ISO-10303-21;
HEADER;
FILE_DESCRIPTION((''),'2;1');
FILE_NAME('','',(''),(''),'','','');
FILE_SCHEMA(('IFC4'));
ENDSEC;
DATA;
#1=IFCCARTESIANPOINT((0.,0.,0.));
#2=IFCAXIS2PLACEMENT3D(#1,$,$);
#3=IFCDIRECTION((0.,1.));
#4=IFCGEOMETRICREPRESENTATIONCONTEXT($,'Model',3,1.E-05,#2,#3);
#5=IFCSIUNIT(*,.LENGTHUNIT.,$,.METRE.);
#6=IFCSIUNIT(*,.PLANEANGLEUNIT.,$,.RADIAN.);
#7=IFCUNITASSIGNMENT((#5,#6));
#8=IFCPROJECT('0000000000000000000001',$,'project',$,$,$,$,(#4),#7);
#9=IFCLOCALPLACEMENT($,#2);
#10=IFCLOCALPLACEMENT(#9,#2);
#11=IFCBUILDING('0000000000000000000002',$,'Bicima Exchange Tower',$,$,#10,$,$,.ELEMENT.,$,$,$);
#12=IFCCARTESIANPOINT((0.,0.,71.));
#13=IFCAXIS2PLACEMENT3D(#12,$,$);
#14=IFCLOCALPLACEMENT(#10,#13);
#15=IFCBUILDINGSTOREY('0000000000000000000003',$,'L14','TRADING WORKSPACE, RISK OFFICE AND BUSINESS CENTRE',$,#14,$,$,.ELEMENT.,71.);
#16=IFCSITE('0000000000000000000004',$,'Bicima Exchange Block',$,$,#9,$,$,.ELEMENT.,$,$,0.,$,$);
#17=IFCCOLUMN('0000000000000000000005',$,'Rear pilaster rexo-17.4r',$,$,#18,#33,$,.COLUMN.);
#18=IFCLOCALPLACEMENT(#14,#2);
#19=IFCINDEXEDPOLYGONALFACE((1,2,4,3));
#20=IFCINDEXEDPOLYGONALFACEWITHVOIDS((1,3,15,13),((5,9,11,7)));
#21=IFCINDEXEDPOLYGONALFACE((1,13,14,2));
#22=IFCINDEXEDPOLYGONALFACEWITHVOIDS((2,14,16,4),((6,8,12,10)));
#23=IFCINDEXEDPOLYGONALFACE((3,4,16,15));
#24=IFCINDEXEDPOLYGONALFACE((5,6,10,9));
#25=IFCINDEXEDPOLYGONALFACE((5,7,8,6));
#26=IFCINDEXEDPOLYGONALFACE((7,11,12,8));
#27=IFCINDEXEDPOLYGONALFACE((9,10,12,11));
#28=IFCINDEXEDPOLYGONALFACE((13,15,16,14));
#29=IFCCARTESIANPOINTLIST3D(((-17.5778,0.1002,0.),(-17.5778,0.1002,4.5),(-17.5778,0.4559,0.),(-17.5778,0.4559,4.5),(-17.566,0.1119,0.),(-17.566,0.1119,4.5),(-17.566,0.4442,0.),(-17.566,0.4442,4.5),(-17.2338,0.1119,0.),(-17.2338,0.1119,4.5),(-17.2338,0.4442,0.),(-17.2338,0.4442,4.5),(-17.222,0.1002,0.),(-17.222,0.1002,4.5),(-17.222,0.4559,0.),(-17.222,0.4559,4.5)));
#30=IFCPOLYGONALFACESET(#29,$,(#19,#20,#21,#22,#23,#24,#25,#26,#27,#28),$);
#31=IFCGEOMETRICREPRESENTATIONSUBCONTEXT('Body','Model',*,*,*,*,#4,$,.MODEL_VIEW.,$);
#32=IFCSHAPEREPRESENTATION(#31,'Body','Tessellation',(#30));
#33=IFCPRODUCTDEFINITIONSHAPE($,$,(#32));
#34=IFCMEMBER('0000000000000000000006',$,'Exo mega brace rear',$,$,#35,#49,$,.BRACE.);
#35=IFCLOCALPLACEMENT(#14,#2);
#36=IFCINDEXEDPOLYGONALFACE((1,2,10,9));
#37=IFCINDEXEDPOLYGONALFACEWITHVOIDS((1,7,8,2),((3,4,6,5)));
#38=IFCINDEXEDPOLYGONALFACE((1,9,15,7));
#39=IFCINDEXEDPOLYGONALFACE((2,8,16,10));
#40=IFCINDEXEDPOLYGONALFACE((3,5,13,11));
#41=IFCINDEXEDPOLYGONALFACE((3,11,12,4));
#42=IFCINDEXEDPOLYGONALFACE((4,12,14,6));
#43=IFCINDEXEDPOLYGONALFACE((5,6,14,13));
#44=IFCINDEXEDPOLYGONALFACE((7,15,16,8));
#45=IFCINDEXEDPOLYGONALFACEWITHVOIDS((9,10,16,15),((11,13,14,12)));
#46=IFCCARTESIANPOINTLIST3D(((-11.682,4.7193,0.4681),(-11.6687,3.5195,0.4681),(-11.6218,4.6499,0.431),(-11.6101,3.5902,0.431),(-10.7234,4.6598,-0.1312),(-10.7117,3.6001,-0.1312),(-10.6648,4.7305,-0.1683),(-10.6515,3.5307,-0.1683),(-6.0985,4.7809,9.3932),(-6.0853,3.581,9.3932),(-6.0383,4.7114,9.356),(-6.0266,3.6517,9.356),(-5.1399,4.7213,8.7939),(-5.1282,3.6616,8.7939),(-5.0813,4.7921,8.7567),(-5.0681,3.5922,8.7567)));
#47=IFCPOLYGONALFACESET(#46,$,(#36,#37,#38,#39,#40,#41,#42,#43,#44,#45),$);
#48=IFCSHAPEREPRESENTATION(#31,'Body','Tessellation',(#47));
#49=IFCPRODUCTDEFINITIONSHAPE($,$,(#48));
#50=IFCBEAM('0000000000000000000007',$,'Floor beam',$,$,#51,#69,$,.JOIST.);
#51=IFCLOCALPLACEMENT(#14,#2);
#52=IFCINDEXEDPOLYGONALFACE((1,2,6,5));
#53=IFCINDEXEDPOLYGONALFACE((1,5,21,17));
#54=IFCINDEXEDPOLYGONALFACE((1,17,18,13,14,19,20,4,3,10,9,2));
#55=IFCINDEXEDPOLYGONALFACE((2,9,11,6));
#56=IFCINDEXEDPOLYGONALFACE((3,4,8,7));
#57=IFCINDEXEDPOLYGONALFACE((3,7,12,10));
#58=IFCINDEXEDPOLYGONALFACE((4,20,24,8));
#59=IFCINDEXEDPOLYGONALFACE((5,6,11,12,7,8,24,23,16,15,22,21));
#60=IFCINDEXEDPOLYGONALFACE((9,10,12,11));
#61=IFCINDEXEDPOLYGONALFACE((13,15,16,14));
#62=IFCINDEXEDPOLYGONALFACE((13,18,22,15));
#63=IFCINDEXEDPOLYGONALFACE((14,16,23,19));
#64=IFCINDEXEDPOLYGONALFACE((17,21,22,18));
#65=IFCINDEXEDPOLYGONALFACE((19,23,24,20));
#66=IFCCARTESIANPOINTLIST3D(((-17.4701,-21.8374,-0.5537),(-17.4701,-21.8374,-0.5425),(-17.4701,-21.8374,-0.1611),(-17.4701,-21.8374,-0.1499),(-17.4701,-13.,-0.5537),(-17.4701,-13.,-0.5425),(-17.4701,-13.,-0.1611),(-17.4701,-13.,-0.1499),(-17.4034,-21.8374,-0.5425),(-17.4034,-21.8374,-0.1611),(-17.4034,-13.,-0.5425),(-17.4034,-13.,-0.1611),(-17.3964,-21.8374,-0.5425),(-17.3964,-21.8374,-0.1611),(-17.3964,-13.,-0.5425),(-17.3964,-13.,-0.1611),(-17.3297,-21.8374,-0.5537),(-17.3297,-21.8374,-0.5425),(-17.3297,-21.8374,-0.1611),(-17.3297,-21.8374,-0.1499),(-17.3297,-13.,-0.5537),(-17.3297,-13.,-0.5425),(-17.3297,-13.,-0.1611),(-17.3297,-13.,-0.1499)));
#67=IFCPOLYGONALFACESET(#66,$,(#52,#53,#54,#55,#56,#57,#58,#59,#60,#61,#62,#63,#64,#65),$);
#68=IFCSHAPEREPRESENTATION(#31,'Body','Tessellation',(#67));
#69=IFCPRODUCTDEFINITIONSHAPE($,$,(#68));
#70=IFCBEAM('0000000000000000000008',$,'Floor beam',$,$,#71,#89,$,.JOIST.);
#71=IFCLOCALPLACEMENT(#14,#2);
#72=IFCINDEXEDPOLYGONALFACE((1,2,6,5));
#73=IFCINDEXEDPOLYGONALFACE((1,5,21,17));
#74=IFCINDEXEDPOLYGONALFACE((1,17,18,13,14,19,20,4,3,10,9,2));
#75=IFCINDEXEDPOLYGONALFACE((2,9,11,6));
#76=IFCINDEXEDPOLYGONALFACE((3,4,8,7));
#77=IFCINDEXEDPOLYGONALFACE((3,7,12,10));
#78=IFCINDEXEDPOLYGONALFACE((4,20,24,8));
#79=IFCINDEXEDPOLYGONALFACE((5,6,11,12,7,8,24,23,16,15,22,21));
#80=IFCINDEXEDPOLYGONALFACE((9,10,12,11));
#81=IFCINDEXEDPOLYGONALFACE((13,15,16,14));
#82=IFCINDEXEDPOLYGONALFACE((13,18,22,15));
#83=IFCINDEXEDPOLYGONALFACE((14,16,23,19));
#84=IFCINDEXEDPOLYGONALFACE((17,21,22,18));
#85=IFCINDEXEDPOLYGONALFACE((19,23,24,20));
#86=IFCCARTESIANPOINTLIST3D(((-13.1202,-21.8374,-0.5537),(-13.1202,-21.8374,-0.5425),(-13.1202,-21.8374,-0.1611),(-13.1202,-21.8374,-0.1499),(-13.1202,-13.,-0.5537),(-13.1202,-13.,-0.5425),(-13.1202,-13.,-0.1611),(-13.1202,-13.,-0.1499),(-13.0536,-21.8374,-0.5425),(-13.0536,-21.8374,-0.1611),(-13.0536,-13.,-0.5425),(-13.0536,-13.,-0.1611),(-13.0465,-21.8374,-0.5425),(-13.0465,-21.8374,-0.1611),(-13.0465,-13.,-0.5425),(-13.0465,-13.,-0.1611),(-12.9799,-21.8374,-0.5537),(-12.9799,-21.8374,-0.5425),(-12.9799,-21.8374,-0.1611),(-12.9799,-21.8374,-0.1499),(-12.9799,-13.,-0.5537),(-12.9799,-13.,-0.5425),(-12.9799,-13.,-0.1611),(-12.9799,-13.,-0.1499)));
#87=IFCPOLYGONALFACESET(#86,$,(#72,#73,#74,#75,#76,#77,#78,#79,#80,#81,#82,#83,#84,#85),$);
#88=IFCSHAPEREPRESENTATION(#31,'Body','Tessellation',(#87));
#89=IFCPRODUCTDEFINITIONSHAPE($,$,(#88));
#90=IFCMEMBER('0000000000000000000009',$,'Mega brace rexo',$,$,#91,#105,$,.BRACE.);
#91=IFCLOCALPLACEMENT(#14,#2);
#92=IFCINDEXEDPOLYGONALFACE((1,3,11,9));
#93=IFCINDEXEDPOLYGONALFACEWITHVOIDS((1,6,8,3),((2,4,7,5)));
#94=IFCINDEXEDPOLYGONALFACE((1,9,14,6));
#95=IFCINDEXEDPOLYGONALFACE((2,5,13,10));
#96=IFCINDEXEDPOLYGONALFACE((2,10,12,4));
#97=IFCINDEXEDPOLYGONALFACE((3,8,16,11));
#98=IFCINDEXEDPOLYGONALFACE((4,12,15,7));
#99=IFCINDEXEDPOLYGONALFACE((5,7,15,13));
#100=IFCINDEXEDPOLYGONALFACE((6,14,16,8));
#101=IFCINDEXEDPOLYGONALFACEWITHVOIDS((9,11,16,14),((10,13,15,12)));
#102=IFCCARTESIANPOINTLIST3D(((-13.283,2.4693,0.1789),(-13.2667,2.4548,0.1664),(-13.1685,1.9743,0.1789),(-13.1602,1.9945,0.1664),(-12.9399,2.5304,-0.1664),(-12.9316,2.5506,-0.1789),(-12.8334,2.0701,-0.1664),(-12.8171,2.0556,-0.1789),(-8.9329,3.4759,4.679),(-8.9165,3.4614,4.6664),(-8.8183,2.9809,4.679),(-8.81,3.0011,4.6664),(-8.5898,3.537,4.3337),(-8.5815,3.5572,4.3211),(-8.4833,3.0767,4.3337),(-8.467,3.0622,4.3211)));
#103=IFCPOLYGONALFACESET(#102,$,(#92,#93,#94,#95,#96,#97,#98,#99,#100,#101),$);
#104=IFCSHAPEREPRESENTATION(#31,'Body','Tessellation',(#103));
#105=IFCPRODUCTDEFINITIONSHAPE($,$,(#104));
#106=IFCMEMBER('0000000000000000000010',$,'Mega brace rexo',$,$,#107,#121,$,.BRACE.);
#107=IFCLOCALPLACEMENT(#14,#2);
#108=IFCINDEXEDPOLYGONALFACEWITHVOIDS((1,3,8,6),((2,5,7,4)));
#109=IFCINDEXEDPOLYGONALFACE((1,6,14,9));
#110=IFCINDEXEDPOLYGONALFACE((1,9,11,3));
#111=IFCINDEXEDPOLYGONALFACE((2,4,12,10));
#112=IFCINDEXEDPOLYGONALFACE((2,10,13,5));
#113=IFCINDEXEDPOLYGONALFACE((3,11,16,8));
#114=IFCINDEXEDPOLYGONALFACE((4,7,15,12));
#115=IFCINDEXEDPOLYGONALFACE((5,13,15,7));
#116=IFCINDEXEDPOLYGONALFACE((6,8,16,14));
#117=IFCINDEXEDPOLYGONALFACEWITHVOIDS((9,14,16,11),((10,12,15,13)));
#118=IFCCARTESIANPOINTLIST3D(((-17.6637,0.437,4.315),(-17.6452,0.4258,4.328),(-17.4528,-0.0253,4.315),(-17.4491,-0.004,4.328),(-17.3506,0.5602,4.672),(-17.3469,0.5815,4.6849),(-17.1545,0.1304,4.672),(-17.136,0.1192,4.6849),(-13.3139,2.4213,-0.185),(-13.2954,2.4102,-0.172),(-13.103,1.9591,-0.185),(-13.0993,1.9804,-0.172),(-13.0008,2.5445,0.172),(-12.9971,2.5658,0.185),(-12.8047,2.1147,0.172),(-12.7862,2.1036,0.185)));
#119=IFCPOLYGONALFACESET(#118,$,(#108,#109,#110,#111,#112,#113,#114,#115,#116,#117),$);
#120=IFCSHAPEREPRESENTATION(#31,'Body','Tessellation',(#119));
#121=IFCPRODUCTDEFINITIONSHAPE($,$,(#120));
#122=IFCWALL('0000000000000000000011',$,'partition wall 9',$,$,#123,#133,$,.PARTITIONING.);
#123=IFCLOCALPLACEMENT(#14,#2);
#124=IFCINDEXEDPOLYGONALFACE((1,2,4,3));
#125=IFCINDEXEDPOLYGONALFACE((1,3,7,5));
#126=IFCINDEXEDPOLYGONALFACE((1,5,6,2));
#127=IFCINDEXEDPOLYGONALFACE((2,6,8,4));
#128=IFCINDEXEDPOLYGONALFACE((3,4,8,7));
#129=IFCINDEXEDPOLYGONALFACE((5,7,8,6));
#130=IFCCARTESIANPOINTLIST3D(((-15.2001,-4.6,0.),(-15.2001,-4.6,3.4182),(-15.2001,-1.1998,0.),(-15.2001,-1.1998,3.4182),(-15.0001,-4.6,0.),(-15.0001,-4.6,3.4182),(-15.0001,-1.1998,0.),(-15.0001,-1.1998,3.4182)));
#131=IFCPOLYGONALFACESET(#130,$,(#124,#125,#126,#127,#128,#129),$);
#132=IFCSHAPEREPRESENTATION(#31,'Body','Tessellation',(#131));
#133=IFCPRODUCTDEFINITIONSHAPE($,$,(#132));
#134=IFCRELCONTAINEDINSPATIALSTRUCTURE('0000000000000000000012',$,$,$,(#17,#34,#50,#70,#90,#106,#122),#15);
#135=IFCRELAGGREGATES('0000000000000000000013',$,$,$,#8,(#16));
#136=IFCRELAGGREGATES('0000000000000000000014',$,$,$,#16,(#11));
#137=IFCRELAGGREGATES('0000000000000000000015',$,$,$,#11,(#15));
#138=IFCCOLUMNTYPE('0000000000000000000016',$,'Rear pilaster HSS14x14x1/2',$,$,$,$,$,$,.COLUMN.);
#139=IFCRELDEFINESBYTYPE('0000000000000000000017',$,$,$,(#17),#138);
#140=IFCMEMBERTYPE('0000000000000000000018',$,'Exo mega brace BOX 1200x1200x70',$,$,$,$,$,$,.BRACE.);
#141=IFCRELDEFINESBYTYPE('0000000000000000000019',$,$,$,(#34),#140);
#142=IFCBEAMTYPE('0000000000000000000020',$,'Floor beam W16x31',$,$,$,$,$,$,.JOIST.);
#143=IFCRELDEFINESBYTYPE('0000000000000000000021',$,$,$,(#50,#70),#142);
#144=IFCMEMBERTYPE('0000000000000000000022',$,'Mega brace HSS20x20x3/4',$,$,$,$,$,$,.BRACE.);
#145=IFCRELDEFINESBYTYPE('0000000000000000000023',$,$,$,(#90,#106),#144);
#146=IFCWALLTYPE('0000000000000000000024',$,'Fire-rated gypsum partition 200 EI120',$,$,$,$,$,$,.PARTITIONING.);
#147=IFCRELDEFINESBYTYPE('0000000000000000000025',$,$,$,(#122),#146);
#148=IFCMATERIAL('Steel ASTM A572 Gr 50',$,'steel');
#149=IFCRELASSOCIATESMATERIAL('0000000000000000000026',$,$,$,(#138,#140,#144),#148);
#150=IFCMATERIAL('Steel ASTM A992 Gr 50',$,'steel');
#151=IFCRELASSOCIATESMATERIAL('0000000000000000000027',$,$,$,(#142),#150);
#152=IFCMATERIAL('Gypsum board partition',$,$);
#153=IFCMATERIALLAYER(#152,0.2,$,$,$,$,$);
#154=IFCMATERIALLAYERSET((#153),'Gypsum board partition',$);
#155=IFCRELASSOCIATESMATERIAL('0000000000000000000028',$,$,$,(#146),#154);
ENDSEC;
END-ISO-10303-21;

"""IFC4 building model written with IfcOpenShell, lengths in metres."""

from ifc_helpers import new_model, si_unit, direction, frame, frame_2d, origin, origin_2d, place, context, subcontext, project, spatial, rectangle, hollow_rectangle, i_section, extrude, material, layer, layer_set, material_profile, profile_set, type_object, element, save


model = new_model("IFC4")

# Units and contexts
model_context = context("Model", 3, precision=1e-05, world=origin(), true_north=direction((0.0, 1.0)))
body_context = subcontext(model_context, "Body", "Model", "MODEL_VIEW")
ifc_project = project(units=[si_unit("LENGTHUNIT", "METRE"), si_unit("PLANEANGLEUNIT", "RADIAN")], contexts=[model_context])

# Site, building, storey
site_placement = place(None, origin())
site = spatial("IfcSite", under=ifc_project, at=site_placement, Name="Bicima Exchange Block", CompositionType="ELEMENT", RefElevation=0.0)
building_placement = place(site_placement, origin())
building = spatial("IfcBuilding", under=site, at=building_placement, Name="Bicima Exchange Tower", CompositionType="ELEMENT")
storey_placement = place(building_placement, frame((0.0, 0.0, 71.0)))
storey = spatial("IfcBuildingStorey", under=building, at=storey_placement, Name="L14", Description="TRADING WORKSPACE, RISK OFFICE AND BUSINESS CENTRE", CompositionType="ELEMENT", Elevation=71.0)

# Column
ifc_material_1 = material(Name="Steel ASTM A572 Gr 50", Category="steel")
ifc_material_profile_1 = material_profile(ifc_material_1, hollow_rectangle(XDim=0.3557, YDim=0.3557, WallThickness=0.0117, at=origin_2d()))
ifc_profile_set_1 = profile_set([ifc_material_profile_1], Name="Steel ASTM A572 Gr 50")
column_type = type_object("IfcColumnType", Name="Rear pilaster HSS14x14x1/2", PredefinedType="COLUMN", material=ifc_profile_set_1)
column_placement = place(storey_placement, frame((-17.3999, 0.2781, 0.0), z_axis=(0.0, 0.0, 1.0), x_axis=(1.0, 0.0, 0.0)))
element("IfcColumn", 1, at=column_placement, inside=storey, type_object=column_type, Name="Rear pilaster rexo-17.4r", PredefinedType="COLUMN", context=body_context, shape_type="SweptSolid", body=[
    extrude(hollow_rectangle(XDim=0.3557, YDim=0.3557, WallThickness=0.0117, at=origin_2d()), origin(), (0.0, 0.0, 1.0), 4.5),
])

# Member
ifc_material_profile_2 = material_profile(ifc_material_1, hollow_rectangle(XDim=1.2, YDim=1.2, WallThickness=0.0701, at=origin_2d()))
ifc_profile_set_2 = profile_set([ifc_material_profile_2], Name="Steel ASTM A572 Gr 50")
member_type_1 = type_object("IfcMemberType", Name="Exo mega brace BOX 1200x1200x70", PredefinedType="BRACE", material=ifc_profile_set_2)
member_1_placement = place(storey_placement, frame((-11.1667, 4.125, 0.1499), z_axis=(0.530355, 0.005844, 0.847756), x_axis=(-0.011018, 0.999939, 0.0)))
element("IfcMember", 2, at=member_1_placement, inside=storey, type_object=member_type_1, Name="Exo mega brace rear", PredefinedType="BRACE", context=body_context, shape_type="SweptSolid", body=[
    extrude(hollow_rectangle(XDim=1.2, YDim=1.2, WallThickness=0.0701, at=origin_2d()), origin(), (0.0, 0.0, 1.0), 10.5278),
])

# Beams
ifc_material_2 = material(Name="Steel ASTM A992 Gr 50", Category="steel")
ifc_material_profile_3 = material_profile(ifc_material_2, i_section(OverallWidth=0.1404, OverallDepth=0.4038, WebThickness=0.0071, FlangeThickness=0.0112, at=origin_2d()))
ifc_profile_set_3 = profile_set([ifc_material_profile_3], Name="Steel ASTM A992 Gr 50")
beam_type = type_object("IfcBeamType", Name="Floor beam W16x31", PredefinedType="JOIST", material=ifc_profile_set_3)
for number, where, z_axis, x_axis, name in (
    (3, (-17.3999, -13.0, -0.3518), (0.0, -1.0, 0.0), (1.0, 0.0, 0.0), "Floor beam"),
    (4, (-13.05, -13.0, -0.3518), (0.0, -1.0, 0.0), (1.0, 0.0, 0.0), "Floor beam"),
):
    element("IfcBeam", number, at=place(storey_placement, frame(where, z_axis=z_axis, x_axis=x_axis)), inside=storey, type_object=beam_type, Name=name, PredefinedType="JOIST", context=body_context, shape_type="SweptSolid", body=[
        extrude(i_section(OverallWidth=0.1404, OverallDepth=0.4038, WebThickness=0.0071, FlangeThickness=0.0112, at=origin_2d()), origin(), (0.0, 0.0, 1.0), 8.8374),
    ])

# Members
ifc_material_profile_4 = material_profile(ifc_material_1, hollow_rectangle(XDim=0.5081, YDim=0.5081, WallThickness=0.0178, at=origin_2d()))
ifc_profile_set_4 = profile_set([ifc_material_profile_4], Name="Steel ASTM A572 Gr 50")
member_type_2 = type_object("IfcMemberType", Name="Mega brace HSS20x20x3/4", PredefinedType="BRACE", material=ifc_profile_set_4)
member_2_placement = place(storey_placement, frame((-13.05, 2.2625, 0.0), z_axis=(0.686212, 0.158786, 0.709859), x_axis=(-0.225439, 0.974257, 0.0)))
element("IfcMember", 5, at=member_2_placement, inside=storey, type_object=member_type_2, Name="Mega brace rexo", PredefinedType="BRACE", context=body_context, shape_type="SweptSolid", body=[
    extrude(hollow_rectangle(XDim=0.5081, YDim=0.5081, WallThickness=0.0178, at=origin_2d()), origin(), (0.0, 0.0, 1.0), 6.3394),
])
member_3_placement = place(storey_placement, frame((-13.05, 2.2625, 0.0), z_axis=(-0.662508, -0.302232, 0.685376), x_axis=(0.415045, -0.909801, 0.0)))
element("IfcMember", 6, at=member_3_placement, inside=storey, type_object=member_type_2, Name="Mega brace rexo", PredefinedType="BRACE", context=body_context, shape_type="SweptSolid", body=[
    extrude(hollow_rectangle(XDim=0.5081, YDim=0.5081, WallThickness=0.0178, at=origin_2d()), origin(), (0.0, 0.0, 1.0), 6.5657),
])

# Wall
ifc_material_3 = material(Name="Gypsum board partition")
ifc_layer_1 = layer(ifc_material_3, 0.2)
ifc_layer_set_1 = layer_set([ifc_layer_1], Name="Gypsum board partition")
wall_type_1 = type_object("IfcWallType", Name="Fire-rated gypsum partition 200 EI120", PredefinedType="PARTITIONING", material=ifc_layer_set_1)
wall_1_placement = place(storey_placement, frame((-15.1001, -4.6001, 0.0), z_axis=(0.0, 0.0, 1.0), x_axis=(0.0, 1.0, 0.0)))
element("IfcWall", 7, at=wall_1_placement, inside=storey, type_object=wall_type_1, Name="partition wall 9", PredefinedType="PARTITIONING", context=body_context, shape_type="SweptSolid", body=[
    extrude(rectangle(XDim=3.4001, YDim=0.2, at=frame_2d((1.7002, 0.0))), origin(), (0.0, 0.0, 1.0), 3.4182),
])

save(model, "model.ifc")
